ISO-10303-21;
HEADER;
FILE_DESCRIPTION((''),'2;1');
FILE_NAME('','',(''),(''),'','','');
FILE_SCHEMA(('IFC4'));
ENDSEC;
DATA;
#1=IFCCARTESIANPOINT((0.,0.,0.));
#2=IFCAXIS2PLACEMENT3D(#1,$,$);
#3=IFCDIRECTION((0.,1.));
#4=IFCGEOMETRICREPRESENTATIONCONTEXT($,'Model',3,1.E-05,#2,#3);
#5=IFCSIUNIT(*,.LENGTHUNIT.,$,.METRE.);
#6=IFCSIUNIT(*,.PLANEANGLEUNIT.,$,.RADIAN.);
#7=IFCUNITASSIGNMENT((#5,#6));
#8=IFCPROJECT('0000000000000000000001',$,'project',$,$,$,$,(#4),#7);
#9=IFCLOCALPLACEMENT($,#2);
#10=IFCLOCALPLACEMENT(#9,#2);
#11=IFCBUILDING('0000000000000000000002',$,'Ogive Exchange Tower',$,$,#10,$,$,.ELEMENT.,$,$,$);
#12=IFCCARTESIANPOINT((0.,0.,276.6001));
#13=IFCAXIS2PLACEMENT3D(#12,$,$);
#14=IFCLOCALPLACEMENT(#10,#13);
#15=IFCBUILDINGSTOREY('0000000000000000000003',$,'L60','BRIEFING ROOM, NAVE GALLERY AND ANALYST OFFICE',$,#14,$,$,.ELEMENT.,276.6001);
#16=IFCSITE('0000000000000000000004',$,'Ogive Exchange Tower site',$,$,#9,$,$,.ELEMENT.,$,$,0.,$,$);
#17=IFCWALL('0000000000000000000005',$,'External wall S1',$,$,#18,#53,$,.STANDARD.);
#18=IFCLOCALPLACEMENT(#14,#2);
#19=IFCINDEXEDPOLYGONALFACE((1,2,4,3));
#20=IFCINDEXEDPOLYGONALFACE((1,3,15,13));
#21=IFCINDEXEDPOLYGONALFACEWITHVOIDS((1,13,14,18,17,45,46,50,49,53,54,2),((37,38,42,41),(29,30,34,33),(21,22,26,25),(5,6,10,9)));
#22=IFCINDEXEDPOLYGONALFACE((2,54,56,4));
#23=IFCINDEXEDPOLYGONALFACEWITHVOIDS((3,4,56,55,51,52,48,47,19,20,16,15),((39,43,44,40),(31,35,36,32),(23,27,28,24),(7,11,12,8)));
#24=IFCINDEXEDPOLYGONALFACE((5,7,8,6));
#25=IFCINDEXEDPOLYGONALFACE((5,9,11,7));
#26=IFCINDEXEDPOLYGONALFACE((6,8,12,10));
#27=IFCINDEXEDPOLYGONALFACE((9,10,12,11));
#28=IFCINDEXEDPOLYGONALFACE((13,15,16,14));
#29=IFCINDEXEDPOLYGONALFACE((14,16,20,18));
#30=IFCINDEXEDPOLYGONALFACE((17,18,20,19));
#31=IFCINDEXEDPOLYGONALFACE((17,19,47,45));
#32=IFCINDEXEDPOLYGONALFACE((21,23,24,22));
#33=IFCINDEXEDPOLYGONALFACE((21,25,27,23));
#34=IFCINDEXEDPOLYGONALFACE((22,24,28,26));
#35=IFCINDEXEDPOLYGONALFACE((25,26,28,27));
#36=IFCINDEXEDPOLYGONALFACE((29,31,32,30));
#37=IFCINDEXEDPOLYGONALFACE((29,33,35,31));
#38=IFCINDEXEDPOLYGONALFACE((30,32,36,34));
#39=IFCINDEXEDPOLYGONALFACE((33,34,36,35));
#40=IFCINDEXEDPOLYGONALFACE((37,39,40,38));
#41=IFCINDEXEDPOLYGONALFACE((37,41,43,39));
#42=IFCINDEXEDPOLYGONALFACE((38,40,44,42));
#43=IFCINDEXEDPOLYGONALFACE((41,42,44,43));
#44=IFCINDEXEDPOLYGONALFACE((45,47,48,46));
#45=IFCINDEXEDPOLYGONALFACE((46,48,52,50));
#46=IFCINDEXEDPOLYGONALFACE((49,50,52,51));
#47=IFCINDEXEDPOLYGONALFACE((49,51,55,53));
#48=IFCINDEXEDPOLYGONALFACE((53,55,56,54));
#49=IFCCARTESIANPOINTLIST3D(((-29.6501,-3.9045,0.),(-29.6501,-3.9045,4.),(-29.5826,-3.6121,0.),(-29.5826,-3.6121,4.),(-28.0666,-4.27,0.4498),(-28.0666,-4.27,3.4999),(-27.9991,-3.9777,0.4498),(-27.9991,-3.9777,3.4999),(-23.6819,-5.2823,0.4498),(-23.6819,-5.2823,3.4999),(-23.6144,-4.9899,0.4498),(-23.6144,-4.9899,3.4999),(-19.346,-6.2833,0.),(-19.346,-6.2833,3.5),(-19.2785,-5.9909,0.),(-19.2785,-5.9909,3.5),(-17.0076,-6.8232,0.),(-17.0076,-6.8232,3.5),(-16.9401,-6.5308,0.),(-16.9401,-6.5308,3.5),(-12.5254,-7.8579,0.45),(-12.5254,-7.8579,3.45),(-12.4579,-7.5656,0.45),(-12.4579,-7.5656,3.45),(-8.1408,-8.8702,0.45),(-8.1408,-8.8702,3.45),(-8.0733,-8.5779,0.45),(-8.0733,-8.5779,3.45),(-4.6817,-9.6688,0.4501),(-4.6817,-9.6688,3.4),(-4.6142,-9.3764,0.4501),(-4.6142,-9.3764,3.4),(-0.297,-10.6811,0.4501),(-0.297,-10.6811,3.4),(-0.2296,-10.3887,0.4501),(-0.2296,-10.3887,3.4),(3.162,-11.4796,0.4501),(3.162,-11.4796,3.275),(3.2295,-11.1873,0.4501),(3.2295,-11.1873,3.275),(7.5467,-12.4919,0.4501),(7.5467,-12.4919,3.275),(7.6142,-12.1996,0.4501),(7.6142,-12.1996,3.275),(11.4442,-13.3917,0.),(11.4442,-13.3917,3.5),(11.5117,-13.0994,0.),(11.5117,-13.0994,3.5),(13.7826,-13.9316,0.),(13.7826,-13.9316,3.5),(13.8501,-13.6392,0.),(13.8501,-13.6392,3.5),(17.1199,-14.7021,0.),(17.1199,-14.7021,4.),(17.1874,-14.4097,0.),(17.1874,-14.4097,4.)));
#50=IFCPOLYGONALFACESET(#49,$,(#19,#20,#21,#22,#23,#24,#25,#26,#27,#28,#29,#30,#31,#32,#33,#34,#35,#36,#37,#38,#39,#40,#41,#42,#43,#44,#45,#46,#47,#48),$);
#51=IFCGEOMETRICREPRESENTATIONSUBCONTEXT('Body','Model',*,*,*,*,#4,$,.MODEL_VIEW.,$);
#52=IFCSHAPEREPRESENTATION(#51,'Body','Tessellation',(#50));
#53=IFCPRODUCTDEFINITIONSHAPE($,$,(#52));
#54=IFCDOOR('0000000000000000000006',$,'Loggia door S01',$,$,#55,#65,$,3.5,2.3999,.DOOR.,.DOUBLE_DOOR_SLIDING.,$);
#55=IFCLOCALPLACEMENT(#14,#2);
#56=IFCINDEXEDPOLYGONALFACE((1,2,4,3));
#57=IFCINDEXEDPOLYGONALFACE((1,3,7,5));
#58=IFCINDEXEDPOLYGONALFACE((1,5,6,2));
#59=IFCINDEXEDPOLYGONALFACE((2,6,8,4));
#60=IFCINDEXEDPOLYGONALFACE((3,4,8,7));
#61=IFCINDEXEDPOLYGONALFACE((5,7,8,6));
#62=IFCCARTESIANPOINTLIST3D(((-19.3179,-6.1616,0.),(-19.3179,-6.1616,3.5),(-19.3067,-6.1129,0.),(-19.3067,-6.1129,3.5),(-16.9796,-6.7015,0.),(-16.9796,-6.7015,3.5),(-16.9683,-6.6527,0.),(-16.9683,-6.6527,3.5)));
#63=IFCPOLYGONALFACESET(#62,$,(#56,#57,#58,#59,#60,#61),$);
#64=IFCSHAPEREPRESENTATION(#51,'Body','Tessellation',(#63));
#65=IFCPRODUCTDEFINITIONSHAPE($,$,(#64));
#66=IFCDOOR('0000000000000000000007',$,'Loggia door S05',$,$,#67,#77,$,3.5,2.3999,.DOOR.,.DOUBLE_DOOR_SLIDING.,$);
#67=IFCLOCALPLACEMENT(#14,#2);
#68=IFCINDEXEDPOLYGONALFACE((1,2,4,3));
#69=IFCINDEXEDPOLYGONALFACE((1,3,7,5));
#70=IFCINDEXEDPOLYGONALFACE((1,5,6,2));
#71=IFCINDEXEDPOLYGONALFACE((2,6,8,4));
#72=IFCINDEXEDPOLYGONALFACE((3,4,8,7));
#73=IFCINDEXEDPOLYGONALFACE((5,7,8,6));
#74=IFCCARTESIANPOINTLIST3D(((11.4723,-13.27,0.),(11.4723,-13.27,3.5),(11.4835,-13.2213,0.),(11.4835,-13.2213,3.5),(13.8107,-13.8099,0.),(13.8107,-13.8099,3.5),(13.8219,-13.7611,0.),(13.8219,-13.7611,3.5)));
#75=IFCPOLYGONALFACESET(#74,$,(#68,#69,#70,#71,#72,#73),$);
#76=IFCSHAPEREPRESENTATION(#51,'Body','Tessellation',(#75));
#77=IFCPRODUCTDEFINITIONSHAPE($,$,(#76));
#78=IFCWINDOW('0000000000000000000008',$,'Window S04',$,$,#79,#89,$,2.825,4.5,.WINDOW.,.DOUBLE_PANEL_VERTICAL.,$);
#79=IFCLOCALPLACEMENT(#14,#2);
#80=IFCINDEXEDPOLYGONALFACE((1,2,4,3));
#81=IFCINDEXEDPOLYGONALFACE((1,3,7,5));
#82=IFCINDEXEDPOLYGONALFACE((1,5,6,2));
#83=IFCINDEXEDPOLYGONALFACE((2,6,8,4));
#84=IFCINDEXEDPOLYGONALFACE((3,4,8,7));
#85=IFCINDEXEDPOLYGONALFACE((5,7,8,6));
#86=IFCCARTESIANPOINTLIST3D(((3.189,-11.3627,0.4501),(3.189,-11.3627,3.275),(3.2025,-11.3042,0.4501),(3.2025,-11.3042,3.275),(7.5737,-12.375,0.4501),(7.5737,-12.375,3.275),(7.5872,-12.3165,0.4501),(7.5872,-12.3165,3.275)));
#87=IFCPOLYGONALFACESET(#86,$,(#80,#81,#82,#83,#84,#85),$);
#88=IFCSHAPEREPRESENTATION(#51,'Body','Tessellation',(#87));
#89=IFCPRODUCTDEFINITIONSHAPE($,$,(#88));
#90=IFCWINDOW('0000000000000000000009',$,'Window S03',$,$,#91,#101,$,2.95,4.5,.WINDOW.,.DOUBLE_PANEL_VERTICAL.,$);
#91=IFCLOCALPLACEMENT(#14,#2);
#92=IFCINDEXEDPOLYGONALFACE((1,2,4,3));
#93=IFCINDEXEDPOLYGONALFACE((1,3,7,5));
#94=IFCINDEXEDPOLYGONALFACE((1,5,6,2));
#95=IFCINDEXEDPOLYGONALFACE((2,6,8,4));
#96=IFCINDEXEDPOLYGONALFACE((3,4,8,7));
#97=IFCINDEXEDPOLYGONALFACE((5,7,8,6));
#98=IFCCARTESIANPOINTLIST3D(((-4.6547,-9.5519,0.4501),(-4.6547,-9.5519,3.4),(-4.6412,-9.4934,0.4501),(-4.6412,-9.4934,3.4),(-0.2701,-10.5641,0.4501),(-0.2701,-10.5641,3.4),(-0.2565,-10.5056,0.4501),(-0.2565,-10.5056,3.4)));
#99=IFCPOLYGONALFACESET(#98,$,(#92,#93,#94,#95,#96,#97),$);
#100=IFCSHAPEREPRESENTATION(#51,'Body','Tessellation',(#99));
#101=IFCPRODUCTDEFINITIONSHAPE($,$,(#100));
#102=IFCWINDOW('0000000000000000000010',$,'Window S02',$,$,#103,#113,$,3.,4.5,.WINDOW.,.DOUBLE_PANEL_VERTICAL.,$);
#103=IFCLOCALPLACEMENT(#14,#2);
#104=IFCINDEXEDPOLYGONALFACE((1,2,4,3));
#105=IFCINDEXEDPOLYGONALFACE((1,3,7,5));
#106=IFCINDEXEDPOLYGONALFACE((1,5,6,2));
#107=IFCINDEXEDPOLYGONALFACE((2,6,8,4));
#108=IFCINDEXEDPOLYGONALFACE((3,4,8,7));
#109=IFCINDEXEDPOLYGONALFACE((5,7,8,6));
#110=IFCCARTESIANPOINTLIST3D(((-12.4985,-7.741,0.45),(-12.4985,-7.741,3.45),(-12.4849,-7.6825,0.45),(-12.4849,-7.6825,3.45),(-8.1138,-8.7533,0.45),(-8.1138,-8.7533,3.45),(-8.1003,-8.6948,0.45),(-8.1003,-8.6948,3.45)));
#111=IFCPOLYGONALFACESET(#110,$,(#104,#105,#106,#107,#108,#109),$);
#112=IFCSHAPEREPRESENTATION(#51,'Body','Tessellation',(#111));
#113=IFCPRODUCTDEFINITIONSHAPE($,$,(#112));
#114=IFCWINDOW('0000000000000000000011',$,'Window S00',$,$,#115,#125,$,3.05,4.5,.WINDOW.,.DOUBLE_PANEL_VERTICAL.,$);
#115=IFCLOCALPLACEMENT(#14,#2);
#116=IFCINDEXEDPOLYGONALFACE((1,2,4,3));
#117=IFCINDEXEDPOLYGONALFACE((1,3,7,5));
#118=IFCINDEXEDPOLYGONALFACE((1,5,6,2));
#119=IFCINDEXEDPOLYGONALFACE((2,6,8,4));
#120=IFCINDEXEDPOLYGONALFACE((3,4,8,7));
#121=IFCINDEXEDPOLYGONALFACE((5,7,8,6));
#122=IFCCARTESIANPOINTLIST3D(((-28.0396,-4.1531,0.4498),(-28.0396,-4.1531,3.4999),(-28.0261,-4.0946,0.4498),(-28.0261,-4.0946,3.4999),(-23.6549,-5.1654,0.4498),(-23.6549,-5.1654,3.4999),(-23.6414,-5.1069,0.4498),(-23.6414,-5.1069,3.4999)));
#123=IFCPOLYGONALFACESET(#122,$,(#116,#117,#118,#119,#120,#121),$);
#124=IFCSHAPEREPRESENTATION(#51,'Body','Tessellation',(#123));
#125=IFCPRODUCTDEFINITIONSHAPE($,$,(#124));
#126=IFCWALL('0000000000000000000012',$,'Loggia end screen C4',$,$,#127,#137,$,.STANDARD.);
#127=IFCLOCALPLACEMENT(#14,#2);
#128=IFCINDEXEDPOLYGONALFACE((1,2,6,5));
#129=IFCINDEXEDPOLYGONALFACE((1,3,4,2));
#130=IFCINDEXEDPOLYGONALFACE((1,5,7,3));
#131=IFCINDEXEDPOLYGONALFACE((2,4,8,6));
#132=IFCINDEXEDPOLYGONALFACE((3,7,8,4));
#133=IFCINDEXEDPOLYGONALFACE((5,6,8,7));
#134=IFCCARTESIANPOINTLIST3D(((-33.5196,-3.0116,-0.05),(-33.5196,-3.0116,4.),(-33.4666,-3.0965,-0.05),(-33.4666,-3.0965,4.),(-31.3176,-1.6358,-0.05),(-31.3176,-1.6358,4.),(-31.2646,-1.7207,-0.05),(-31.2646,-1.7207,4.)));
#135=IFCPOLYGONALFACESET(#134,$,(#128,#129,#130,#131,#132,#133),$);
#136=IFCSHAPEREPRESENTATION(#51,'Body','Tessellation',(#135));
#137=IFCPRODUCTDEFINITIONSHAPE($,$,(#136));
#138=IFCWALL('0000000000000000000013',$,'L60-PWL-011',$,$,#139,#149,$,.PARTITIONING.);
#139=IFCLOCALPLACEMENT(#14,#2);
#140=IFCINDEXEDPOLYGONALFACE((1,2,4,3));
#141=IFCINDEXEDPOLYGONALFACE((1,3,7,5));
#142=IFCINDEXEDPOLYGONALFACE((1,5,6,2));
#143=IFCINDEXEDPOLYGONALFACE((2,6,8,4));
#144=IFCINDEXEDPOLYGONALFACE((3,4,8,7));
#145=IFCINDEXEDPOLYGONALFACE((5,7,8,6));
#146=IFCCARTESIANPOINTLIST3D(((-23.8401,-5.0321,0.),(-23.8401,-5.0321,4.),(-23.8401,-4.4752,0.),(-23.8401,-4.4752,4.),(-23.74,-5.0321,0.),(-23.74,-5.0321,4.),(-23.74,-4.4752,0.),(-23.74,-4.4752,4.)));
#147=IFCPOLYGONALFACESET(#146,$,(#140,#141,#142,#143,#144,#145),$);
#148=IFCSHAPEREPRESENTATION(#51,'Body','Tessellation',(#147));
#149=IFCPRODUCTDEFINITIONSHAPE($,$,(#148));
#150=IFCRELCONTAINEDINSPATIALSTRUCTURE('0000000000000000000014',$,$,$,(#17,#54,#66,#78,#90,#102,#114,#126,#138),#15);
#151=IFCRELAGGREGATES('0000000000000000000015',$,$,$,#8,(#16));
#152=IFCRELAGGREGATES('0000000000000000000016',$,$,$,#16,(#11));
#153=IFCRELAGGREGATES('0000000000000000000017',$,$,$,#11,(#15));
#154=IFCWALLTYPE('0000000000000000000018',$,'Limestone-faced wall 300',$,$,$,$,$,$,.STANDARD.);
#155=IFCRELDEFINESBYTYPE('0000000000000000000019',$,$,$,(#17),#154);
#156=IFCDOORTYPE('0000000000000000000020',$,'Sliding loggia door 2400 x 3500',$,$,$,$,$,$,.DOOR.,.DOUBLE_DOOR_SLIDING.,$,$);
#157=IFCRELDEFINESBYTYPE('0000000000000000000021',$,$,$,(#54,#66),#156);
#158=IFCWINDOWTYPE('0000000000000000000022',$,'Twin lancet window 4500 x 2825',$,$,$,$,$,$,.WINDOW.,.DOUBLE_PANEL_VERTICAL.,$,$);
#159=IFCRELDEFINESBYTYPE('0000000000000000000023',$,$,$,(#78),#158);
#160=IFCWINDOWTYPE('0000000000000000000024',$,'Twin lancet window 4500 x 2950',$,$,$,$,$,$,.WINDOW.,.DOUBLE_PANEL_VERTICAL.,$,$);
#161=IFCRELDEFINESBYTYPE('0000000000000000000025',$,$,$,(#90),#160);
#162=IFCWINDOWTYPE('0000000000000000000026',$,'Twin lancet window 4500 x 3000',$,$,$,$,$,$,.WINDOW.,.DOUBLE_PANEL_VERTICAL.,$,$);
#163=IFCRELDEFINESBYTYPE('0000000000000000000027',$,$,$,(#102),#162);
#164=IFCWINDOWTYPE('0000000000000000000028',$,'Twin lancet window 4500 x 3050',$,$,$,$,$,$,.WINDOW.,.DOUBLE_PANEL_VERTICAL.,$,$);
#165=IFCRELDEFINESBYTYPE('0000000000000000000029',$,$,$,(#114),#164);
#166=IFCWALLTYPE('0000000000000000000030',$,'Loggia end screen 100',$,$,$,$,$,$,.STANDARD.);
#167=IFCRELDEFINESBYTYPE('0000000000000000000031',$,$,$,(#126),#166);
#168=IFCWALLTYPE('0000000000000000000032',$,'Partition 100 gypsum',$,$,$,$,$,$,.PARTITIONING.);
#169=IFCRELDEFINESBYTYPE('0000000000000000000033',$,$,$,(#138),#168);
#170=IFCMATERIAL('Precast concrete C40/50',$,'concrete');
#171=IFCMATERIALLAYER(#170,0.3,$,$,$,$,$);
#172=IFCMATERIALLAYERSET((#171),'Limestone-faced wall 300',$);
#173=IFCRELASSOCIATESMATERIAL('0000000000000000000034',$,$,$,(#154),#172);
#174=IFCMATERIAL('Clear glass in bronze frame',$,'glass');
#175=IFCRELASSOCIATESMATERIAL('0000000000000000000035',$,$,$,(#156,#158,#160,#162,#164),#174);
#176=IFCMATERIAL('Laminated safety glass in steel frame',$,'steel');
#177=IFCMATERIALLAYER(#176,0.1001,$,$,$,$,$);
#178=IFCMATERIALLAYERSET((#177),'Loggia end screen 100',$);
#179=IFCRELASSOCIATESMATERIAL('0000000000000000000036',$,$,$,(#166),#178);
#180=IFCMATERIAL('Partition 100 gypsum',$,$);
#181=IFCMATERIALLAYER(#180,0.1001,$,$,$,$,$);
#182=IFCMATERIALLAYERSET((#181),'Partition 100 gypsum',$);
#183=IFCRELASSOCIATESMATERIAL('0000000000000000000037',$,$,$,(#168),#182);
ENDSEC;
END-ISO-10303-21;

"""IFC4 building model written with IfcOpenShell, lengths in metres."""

from ifc_helpers import new_model, si_unit, direction, frame, frame_2d, origin, place, context, subcontext, project, spatial, rectangle, extrude, material, layer, layer_set, type_object, element, fill, save


model = new_model("IFC4")

# Units and contexts
model_context = context("Model", 3, precision=1e-05, world=origin(), true_north=direction((0.0, 1.0)))
body_context = subcontext(model_context, "Body", "Model", "MODEL_VIEW")
ifc_project = project(units=[si_unit("LENGTHUNIT", "METRE"), si_unit("PLANEANGLEUNIT", "RADIAN")], contexts=[model_context])

# Site, building, storey
site_placement = place(None, origin())
site = spatial("IfcSite", under=ifc_project, at=site_placement, Name="Ogive Exchange Tower site", CompositionType="ELEMENT", RefElevation=0.0)
building_placement = place(site_placement, origin())
building = spatial("IfcBuilding", under=site, at=building_placement, Name="Ogive Exchange Tower", CompositionType="ELEMENT")
storey_placement = place(building_placement, frame((0.0, 0.0, 276.6001)))
storey = spatial("IfcBuildingStorey", under=building, at=storey_placement, Name="L60", Description="BRIEFING ROOM, NAVE GALLERY AND ANALYST OFFICE", CompositionType="ELEMENT", Elevation=276.6001)

# Wall, openings, doors, windows
ifc_material_1 = material(Name="Precast concrete C40/50", Category="concrete")
ifc_layer_1 = layer(ifc_material_1, 0.3)
ifc_layer_set_1 = layer_set([ifc_layer_1], Name="Limestone-faced wall 300")
wall_type_1 = type_object("IfcWallType", Name="Limestone-faced wall 300", PredefinedType="STANDARD", material=ifc_layer_set_1)
wall_1_placement = place(storey_placement, frame((-29.6162, -3.7583, 0.0), z_axis=(0.0, 0.0, 1.0), x_axis=(0.974371, -0.224949, 0.0)))
wall_1 = element("IfcWall", 1, at=wall_1_placement, inside=storey, type_object=wall_type_1, Name="External wall S1", PredefinedType="STANDARD", context=body_context, shape_type="SweptSolid", body=[
    extrude(rectangle(XDim=48.0002, YDim=0.3, at=frame_2d((24.0, 0.0))), origin(), (0.0, 0.0, 1.0), 4.0),
])
opening_1_placement = place(wall_1_placement, frame((1.625, 0.0, 0.45)))
opening_1 = element("IfcOpeningElement", 2, at=opening_1_placement, cuts=wall_1, PredefinedType="OPENING", context=body_context, shape_type="SweptSolid", body=[
    extrude(rectangle(XDim=4.5, YDim=3.05, at=frame_2d((2.25, 1.5249))), frame((0.0, 0.1599, 0.0), z_axis=(0.0, -1.0, 0.0), x_axis=(1.0, 0.0, 0.0)), (0.0, 0.0, 1.0), 0.3201),
])
opening_2_placement = place(wall_1_placement, frame((10.575, 0.0, 0.0)))
opening_2 = element("IfcOpeningElement", 3, at=opening_2_placement, cuts=wall_1, PredefinedType="OPENING", context=body_context, shape_type="SweptSolid", body=[
    extrude(rectangle(XDim=2.3999, YDim=3.5, at=frame_2d((1.2, 1.75))), frame((0.0, 0.1599, 0.0), z_axis=(0.0, -1.0, 0.0), x_axis=(1.0, 0.0, 0.0)), (0.0, 0.0, 1.0), 0.3201),
])
opening_3_placement = place(wall_1_placement, frame((17.575, 0.0, 0.45)))
opening_3 = element("IfcOpeningElement", 4, at=opening_3_placement, cuts=wall_1, PredefinedType="OPENING", context=body_context, shape_type="SweptSolid", body=[
    extrude(rectangle(XDim=4.5, YDim=3.0, at=frame_2d((2.25, 1.5))), frame((0.0, 0.1599, 0.0), z_axis=(0.0, -1.0, 0.0), x_axis=(1.0, 0.0, 0.0)), (0.0, 0.0, 1.0), 0.3201),
])
opening_4_placement = place(wall_1_placement, frame((25.625, 0.0, 0.45)))
opening_4 = element("IfcOpeningElement", 5, at=opening_4_placement, cuts=wall_1, PredefinedType="OPENING", context=body_context, shape_type="SweptSolid", body=[
    extrude(rectangle(XDim=4.5, YDim=2.95, at=frame_2d((2.25, 1.4751))), frame((0.0, 0.1599, 0.0), z_axis=(0.0, -1.0, 0.0), x_axis=(1.0, 0.0, 0.0)), (0.0, 0.0, 1.0), 0.3201),
])
opening_5_placement = place(wall_1_placement, frame((33.675, 0.0, 0.45)))
opening_5 = element("IfcOpeningElement", 6, at=opening_5_placement, cuts=wall_1, PredefinedType="OPENING", context=body_context, shape_type="SweptSolid", body=[
    extrude(rectangle(XDim=4.5, YDim=2.825, at=frame_2d((2.25, 1.4126))), frame((0.0, 0.1599, 0.0), z_axis=(0.0, -1.0, 0.0), x_axis=(1.0, 0.0, 0.0)), (0.0, 0.0, 1.0), 0.3201),
])
opening_6_placement = place(wall_1_placement, frame((42.175, 0.0, 0.0)))
opening_6 = element("IfcOpeningElement", 7, at=opening_6_placement, cuts=wall_1, PredefinedType="OPENING", context=body_context, shape_type="SweptSolid", body=[
    extrude(rectangle(XDim=2.3999, YDim=3.5, at=frame_2d((1.2, 1.75))), frame((0.0, 0.1599, 0.0), z_axis=(0.0, -1.0, 0.0), x_axis=(1.0, 0.0, 0.0)), (0.0, 0.0, 1.0), 0.3201),
])
ifc_material_2 = material(Name="Clear glass in bronze frame", Category="glass")
door_type_1 = type_object("IfcDoorType", Name="Sliding loggia door 2400 x 3500", OperationType="DOUBLE_DOOR_SLIDING", PredefinedType="DOOR", material=ifc_material_2)
door_1_placement = place(opening_2_placement, origin())
door_1 = element("IfcDoor", 8, at=door_1_placement, inside=storey, type_object=door_type_1, Name="Loggia door S01", OperationType="DOUBLE_DOOR_SLIDING", OverallHeight=3.5, OverallWidth=2.3999, PredefinedType="DOOR", context=body_context, shape_type="SweptSolid", body=[
    extrude(rectangle(XDim=2.3999, YDim=3.5, at=frame_2d((1.2, 1.75))), frame((0.0, 0.0249, 0.0), z_axis=(0.0, -1.0, 0.0), x_axis=(1.0, 0.0, 0.0)), (0.0, 0.0, 1.0), 0.05),
])
fill(opening_2, door_1)
door_2_placement = place(opening_6_placement, origin())
door_2 = element("IfcDoor", 9, at=door_2_placement, inside=storey, type_object=door_type_1, Name="Loggia door S05", OperationType="DOUBLE_DOOR_SLIDING", OverallHeight=3.5, OverallWidth=2.3999, PredefinedType="DOOR", context=body_context, shape_type="SweptSolid", body=[
    extrude(rectangle(XDim=2.3999, YDim=3.5, at=frame_2d((1.2, 1.75))), frame((0.0, 0.0249, 0.0), z_axis=(0.0, -1.0, 0.0), x_axis=(1.0, 0.0, 0.0)), (0.0, 0.0, 1.0), 0.05),
])
fill(opening_6, door_2)
window_type_1 = type_object("IfcWindowType", Name="Twin lancet window 4500 x 2825", PartitioningType="DOUBLE_PANEL_VERTICAL", PredefinedType="WINDOW", material=ifc_material_2)
window_1_placement = place(opening_5_placement, origin())
window_1 = element("IfcWindow", 10, at=window_1_placement, inside=storey, type_object=window_type_1, Name="Window S04", OverallHeight=2.825, OverallWidth=4.5, PartitioningType="DOUBLE_PANEL_VERTICAL", PredefinedType="WINDOW", context=body_context, shape_type="SweptSolid", body=[
    extrude(rectangle(XDim=4.5, YDim=2.825, at=frame_2d((2.25, 1.4126))), frame((0.0, 0.03, 0.0), z_axis=(0.0, -1.0, 0.0), x_axis=(1.0, 0.0, 0.0)), (0.0, 0.0, 1.0), 0.0601),
])
fill(opening_5, window_1)
window_type_2 = type_object("IfcWindowType", Name="Twin lancet window 4500 x 2950", PartitioningType="DOUBLE_PANEL_VERTICAL", PredefinedType="WINDOW", material=ifc_material_2)
window_2_placement = place(opening_4_placement, origin())
window_2 = element("IfcWindow", 11, at=window_2_placement, inside=storey, type_object=window_type_2, Name="Window S03", OverallHeight=2.95, OverallWidth=4.5, PartitioningType="DOUBLE_PANEL_VERTICAL", PredefinedType="WINDOW", context=body_context, shape_type="SweptSolid", body=[
    extrude(rectangle(XDim=4.5, YDim=2.95, at=frame_2d((2.25, 1.4751))), frame((0.0, 0.03, 0.0), z_axis=(0.0, -1.0, 0.0), x_axis=(1.0, 0.0, 0.0)), (0.0, 0.0, 1.0), 0.0601),
])
fill(opening_4, window_2)
window_type_3 = type_object("IfcWindowType", Name="Twin lancet window 4500 x 3000", PartitioningType="DOUBLE_PANEL_VERTICAL", PredefinedType="WINDOW", material=ifc_material_2)
window_3_placement = place(opening_3_placement, origin())
window_3 = element("IfcWindow", 12, at=window_3_placement, inside=storey, type_object=window_type_3, Name="Window S02", OverallHeight=3.0, OverallWidth=4.5, PartitioningType="DOUBLE_PANEL_VERTICAL", PredefinedType="WINDOW", context=body_context, shape_type="SweptSolid", body=[
    extrude(rectangle(XDim=4.5, YDim=3.0, at=frame_2d((2.25, 1.5))), frame((0.0, 0.03, 0.0), z_axis=(0.0, -1.0, 0.0), x_axis=(1.0, 0.0, 0.0)), (0.0, 0.0, 1.0), 0.0601),
])
fill(opening_3, window_3)
window_type_4 = type_object("IfcWindowType", Name="Twin lancet window 4500 x 3050", PartitioningType="DOUBLE_PANEL_VERTICAL", PredefinedType="WINDOW", material=ifc_material_2)
window_4_placement = place(opening_1_placement, origin())
window_4 = element("IfcWindow", 13, at=window_4_placement, inside=storey, type_object=window_type_4, Name="Window S00", OverallHeight=3.05, OverallWidth=4.5, PartitioningType="DOUBLE_PANEL_VERTICAL", PredefinedType="WINDOW", context=body_context, shape_type="SweptSolid", body=[
    extrude(rectangle(XDim=4.5, YDim=3.05, at=frame_2d((2.25, 1.5249))), frame((0.0, 0.03, 0.0), z_axis=(0.0, -1.0, 0.0), x_axis=(1.0, 0.0, 0.0)), (0.0, 0.0, 1.0), 0.0601),
])
fill(opening_1, window_4)

# Walls
ifc_material_3 = material(Name="Laminated safety glass in steel frame", Category="steel")
ifc_layer_2 = layer(ifc_material_3, 0.1001)
ifc_layer_set_2 = layer_set([ifc_layer_2], Name="Loggia end screen 100")
wall_type_2 = type_object("IfcWallType", Name="Loggia end screen 100", PredefinedType="STANDARD", material=ifc_layer_set_2)
wall_2_placement = place(storey_placement, frame((-31.291, -1.6782, -0.05), z_axis=(0.0, 0.0, 1.0), x_axis=(-0.848078, -0.529872, 0.0)))
element("IfcWall", 14, at=wall_2_placement, inside=storey, type_object=wall_type_2, Name="Loggia end screen C4", PredefinedType="STANDARD", context=body_context, shape_type="SweptSolid", body=[
    extrude(rectangle(XDim=2.5964, YDim=0.1001, at=frame_2d((1.2983, 0.0))), origin(), (0.0, 0.0, 1.0), 4.05),
])
ifc_material_4 = material(Name="Partition 100 gypsum")
ifc_layer_3 = layer(ifc_material_4, 0.1001)
ifc_layer_set_3 = layer_set([ifc_layer_3], Name="Partition 100 gypsum")
wall_type_3 = type_object("IfcWallType", Name="Partition 100 gypsum", PredefinedType="PARTITIONING", material=ifc_layer_set_3)
wall_3_placement = place(storey_placement, frame((-23.79, -5.032, 0.0), z_axis=(0.0, 0.0, 1.0), x_axis=(0.0, 1.0, 0.0)))
element("IfcWall", 15, at=wall_3_placement, inside=storey, type_object=wall_type_3, Name="L60-PWL-011", PredefinedType="PARTITIONING", context=body_context, shape_type="SweptSolid", body=[
    extrude(rectangle(XDim=0.5569, YDim=0.1001, at=frame_2d((0.2783, 0.0))), origin(), (0.0, 0.0, 1.0), 4.0),
])

save(model, "model.ifc")
